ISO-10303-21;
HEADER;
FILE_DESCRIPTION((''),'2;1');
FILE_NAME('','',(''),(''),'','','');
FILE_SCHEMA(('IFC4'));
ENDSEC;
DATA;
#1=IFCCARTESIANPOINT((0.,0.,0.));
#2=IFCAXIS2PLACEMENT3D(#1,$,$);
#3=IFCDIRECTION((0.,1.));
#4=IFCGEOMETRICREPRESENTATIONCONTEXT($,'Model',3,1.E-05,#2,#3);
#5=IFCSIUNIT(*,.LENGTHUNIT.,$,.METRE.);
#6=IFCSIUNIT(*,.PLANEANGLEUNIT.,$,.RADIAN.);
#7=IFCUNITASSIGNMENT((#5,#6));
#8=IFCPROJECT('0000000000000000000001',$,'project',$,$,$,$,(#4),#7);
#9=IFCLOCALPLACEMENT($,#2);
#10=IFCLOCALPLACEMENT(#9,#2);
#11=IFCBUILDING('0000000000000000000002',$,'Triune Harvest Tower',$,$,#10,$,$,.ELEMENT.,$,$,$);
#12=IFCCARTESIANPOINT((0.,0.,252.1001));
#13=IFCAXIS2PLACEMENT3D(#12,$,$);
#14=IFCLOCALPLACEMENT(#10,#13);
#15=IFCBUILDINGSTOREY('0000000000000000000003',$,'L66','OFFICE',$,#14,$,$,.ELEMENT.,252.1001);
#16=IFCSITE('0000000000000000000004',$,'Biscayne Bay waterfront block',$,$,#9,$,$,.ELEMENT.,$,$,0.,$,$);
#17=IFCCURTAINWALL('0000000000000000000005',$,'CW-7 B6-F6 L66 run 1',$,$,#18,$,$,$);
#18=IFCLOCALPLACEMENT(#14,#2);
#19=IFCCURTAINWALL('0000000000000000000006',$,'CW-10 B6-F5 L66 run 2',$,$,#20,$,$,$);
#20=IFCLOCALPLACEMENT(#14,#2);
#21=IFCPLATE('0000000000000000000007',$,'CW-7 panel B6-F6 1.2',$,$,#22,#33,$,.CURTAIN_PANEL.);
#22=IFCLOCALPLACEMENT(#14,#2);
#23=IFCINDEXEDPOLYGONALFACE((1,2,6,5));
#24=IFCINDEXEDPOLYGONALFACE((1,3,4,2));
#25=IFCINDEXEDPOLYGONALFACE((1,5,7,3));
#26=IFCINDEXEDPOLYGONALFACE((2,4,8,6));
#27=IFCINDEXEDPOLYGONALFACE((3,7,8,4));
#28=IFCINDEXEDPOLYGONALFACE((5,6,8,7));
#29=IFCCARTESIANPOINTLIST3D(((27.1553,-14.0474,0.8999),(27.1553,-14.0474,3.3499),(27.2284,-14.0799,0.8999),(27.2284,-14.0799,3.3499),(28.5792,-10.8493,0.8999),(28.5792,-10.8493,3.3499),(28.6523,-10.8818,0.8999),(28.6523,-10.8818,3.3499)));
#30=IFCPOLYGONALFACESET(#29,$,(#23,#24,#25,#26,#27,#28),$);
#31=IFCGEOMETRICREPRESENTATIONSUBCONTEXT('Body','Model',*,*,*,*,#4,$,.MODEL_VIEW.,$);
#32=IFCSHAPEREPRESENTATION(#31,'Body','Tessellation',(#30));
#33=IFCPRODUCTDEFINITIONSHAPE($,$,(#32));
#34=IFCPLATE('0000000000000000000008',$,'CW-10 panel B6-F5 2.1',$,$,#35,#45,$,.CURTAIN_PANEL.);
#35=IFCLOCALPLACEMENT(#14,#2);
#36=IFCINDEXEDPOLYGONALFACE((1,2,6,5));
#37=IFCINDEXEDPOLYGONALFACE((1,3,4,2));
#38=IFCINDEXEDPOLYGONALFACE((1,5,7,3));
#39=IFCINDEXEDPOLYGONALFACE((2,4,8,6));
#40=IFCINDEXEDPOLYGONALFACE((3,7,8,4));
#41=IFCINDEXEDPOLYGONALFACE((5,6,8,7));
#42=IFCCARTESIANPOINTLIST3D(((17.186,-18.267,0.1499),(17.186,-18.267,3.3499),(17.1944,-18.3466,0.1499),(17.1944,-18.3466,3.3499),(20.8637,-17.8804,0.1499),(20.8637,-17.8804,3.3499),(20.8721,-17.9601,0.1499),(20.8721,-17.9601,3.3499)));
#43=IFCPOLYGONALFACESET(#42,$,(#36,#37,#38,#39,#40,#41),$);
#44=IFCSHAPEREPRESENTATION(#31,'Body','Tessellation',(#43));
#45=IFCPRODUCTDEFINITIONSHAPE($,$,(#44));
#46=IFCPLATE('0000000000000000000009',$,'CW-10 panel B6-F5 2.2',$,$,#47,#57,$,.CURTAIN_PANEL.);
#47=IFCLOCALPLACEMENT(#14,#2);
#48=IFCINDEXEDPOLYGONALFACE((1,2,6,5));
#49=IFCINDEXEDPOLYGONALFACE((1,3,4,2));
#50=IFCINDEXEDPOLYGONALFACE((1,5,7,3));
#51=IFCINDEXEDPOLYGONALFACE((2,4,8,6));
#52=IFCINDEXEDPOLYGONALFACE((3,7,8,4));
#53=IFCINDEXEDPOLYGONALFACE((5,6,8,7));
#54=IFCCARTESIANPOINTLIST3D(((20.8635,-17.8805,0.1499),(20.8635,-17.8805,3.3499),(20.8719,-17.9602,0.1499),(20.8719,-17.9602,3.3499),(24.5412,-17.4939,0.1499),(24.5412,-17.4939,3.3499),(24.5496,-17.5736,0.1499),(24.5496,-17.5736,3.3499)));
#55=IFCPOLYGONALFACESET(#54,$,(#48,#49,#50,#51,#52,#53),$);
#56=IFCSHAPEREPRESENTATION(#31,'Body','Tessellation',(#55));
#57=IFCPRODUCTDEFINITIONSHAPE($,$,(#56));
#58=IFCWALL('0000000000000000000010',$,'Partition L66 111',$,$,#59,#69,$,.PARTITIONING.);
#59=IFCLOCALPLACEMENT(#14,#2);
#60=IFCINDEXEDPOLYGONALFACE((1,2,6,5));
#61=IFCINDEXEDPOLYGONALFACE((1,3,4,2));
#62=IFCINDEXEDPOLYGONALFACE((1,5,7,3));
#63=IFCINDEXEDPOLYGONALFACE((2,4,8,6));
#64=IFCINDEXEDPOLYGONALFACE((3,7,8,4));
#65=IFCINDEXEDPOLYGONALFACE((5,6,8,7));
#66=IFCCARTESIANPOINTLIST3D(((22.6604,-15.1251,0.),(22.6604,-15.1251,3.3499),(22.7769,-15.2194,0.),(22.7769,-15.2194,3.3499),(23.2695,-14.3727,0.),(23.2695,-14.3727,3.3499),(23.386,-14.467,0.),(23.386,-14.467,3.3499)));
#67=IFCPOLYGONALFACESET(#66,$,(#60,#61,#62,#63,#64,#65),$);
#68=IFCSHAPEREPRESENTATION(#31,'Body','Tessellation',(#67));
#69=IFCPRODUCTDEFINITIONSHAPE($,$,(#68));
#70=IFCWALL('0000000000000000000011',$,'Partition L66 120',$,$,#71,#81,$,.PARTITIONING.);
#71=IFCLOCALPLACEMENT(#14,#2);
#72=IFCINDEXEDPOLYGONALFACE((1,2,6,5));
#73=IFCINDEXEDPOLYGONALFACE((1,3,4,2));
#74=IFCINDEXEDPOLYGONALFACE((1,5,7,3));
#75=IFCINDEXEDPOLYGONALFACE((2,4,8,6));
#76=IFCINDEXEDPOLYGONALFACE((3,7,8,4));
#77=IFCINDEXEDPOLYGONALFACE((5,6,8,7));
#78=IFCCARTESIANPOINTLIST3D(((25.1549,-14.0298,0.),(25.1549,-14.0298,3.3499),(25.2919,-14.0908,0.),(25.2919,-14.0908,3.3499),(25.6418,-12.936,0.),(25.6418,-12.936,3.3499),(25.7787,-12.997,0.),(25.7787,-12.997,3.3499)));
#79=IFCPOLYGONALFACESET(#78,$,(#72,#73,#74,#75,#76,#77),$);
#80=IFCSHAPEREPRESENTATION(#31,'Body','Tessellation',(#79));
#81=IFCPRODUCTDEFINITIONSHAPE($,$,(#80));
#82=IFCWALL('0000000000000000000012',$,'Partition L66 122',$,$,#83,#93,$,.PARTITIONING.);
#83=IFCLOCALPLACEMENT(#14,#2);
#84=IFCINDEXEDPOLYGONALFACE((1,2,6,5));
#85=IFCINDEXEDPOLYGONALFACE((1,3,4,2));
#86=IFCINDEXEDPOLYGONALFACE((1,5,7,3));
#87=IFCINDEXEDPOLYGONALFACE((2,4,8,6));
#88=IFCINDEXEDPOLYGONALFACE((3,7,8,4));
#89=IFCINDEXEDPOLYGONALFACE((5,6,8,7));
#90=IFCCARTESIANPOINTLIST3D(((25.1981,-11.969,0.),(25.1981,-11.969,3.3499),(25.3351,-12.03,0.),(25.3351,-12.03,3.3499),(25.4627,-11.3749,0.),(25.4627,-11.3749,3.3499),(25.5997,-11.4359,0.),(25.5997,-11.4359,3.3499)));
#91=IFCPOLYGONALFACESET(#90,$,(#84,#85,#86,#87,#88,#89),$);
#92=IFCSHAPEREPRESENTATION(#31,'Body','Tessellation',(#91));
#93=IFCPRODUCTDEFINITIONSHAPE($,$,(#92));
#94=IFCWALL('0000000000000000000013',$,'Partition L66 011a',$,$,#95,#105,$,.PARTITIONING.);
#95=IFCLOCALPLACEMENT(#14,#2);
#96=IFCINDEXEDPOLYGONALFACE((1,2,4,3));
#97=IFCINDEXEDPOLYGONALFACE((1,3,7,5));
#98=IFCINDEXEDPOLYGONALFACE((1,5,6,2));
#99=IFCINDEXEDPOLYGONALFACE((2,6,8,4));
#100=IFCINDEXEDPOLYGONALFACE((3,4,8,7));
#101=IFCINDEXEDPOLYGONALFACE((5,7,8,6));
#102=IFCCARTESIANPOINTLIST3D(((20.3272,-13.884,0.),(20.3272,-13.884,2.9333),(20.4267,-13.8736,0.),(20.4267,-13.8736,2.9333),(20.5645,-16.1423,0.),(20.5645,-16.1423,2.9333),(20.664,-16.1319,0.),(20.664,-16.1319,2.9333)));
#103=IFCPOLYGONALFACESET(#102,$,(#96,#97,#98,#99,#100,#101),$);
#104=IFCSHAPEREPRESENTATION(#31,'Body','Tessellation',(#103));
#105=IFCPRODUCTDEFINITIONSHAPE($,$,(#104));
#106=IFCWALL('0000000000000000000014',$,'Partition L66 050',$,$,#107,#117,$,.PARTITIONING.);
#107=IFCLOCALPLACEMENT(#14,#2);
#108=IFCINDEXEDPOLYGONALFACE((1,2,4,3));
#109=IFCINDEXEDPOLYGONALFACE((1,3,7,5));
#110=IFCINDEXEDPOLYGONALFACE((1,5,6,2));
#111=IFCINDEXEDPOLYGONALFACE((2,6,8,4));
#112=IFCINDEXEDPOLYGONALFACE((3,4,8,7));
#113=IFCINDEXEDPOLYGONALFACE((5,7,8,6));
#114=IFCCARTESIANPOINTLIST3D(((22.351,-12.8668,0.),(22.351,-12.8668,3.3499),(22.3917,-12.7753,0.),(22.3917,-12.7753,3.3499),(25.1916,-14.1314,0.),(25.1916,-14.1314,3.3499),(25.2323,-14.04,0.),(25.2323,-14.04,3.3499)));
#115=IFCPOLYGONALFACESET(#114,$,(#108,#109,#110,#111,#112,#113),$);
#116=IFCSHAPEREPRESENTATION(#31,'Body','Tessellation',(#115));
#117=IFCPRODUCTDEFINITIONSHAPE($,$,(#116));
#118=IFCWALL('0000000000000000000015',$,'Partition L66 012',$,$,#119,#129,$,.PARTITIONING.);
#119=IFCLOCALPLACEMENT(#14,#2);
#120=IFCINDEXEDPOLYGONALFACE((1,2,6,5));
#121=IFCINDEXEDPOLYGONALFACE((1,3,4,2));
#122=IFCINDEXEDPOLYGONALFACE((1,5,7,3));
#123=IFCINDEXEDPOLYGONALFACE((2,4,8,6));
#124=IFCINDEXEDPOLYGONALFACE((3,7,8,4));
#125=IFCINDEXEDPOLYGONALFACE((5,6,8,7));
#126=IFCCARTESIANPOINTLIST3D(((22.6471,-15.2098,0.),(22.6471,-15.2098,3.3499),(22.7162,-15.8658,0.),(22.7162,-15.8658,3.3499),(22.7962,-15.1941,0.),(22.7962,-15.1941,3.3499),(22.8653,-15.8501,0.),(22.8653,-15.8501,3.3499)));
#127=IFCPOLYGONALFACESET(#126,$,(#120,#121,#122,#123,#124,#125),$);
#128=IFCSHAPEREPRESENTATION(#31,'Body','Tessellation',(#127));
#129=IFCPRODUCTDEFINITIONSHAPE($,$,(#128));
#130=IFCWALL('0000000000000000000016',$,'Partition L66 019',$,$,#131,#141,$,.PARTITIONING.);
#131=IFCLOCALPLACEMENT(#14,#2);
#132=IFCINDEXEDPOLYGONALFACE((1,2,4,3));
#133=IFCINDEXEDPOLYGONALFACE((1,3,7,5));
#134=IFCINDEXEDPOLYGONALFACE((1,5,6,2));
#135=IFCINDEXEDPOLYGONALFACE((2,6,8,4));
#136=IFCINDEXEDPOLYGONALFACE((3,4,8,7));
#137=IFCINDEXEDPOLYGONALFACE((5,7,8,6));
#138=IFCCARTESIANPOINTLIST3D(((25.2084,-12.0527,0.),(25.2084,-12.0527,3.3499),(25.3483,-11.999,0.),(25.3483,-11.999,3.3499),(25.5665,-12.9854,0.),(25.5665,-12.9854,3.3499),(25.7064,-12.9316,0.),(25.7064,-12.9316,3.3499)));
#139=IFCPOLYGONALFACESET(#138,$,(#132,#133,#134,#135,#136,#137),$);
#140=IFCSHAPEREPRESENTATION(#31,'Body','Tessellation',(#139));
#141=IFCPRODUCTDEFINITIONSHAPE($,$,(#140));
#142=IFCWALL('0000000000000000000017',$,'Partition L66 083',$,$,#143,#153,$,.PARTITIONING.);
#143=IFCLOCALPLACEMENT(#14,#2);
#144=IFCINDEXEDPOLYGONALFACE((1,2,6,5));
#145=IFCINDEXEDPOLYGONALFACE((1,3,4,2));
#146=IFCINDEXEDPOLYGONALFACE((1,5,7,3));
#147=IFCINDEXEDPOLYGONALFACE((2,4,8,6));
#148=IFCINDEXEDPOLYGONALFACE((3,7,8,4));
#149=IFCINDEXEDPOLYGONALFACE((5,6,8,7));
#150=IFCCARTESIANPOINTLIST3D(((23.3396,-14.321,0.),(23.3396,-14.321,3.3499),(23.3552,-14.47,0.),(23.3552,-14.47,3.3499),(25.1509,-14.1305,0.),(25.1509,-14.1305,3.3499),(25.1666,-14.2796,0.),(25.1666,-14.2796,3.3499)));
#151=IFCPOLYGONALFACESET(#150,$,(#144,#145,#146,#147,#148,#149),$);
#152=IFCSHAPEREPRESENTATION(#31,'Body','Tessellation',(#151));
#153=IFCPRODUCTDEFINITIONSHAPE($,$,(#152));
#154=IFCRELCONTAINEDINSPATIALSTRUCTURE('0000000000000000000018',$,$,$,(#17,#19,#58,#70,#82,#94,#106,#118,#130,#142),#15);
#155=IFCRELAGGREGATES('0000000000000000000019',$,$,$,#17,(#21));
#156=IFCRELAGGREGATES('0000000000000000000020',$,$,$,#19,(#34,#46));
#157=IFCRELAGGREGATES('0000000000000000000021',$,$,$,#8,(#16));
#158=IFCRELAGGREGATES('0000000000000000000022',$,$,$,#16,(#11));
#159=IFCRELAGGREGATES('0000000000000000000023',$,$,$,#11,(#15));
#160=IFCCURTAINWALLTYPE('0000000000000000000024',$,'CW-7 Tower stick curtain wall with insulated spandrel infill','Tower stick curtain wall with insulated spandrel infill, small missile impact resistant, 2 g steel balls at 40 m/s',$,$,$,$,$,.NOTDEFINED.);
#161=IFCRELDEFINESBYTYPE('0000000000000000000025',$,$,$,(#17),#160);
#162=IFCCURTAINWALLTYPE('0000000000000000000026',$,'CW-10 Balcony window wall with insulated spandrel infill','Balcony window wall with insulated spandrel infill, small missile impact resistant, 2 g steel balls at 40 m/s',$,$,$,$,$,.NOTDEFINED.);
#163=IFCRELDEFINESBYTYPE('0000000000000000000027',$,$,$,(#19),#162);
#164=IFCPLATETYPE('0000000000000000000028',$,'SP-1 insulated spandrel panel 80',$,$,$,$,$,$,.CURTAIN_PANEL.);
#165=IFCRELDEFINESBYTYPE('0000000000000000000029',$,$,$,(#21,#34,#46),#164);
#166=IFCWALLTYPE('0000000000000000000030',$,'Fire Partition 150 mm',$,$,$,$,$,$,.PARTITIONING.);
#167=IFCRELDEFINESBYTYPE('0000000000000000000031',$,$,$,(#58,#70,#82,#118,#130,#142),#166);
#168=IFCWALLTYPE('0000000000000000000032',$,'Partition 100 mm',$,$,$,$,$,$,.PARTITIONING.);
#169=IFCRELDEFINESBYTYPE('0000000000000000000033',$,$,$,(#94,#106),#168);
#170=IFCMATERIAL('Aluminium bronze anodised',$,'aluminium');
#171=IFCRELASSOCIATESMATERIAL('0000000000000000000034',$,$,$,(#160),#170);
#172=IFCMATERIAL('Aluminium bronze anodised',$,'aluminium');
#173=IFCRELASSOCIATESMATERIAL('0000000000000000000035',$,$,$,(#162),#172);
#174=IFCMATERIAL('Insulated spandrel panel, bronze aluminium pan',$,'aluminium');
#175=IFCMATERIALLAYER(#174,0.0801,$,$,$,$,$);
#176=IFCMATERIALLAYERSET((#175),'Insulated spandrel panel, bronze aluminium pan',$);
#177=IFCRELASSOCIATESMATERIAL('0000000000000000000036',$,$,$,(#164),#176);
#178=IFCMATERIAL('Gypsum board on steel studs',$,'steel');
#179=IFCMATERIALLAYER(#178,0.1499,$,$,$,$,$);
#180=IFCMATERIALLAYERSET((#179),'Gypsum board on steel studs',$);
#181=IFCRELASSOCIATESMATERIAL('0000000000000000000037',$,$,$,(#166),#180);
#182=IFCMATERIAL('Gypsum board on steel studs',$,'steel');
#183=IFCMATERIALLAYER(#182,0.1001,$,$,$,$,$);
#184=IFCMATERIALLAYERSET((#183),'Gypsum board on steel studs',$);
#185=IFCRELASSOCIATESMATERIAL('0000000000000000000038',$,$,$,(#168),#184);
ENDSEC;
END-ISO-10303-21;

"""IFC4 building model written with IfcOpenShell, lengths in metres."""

from ifc_helpers import new_model, si_unit, direction, frame, frame_2d, origin, origin_2d, place, context, subcontext, project, spatial, rectangle, extrude, source, transform, mapped, material, layer, layer_set, type_object, element, aggregate, save


model = new_model("IFC4")

# Units and contexts
model_context = context("Model", 3, precision=1e-05, world=origin(), true_north=direction((0.0, 1.0)))
body_context = subcontext(model_context, "Body", "Model", "MODEL_VIEW")
ifc_project = project(units=[si_unit("LENGTHUNIT", "METRE"), si_unit("PLANEANGLEUNIT", "RADIAN")], contexts=[model_context])

# Site, building, storey
site_placement = place(None, origin())
site = spatial("IfcSite", under=ifc_project, at=site_placement, Name="Biscayne Bay waterfront block", CompositionType="ELEMENT", RefElevation=0.0)
building_placement = place(site_placement, origin())
building = spatial("IfcBuilding", under=site, at=building_placement, Name="Triune Harvest Tower", CompositionType="ELEMENT")
storey_placement = place(building_placement, frame((0.0, 0.0, 252.1001)))
storey = spatial("IfcBuildingStorey", under=building, at=storey_placement, Name="L66", Description="OFFICE", CompositionType="ELEMENT", Elevation=252.1001)

# Curtain wall
ifc_material_1 = material(Name="Aluminium bronze anodised", Category="aluminium")
curtain_wall_type_1 = type_object("IfcCurtainWallType", Name="CW-7 Tower stick curtain wall with insulated spandrel infill", Description="Tower stick curtain wall with insulated spandrel infill, small missile impact resistant, 2 g steel balls at 40 m/s", PredefinedType="NOTDEFINED", material=ifc_material_1)
curtain_wall_1_placement = place(storey_placement, origin())
curtain_wall_1 = element("IfcCurtainWall", 1, at=curtain_wall_1_placement, inside=storey, type_object=curtain_wall_type_1, Name="CW-7 B6-F6 L66 run 1")

# Shared definitions
ifc_material_2 = material(Name="Aluminium bronze anodised", Category="aluminium")
curtain_wall_type_2 = type_object("IfcCurtainWallType", Name="CW-10 Balcony window wall with insulated spandrel infill", Description="Balcony window wall with insulated spandrel infill, small missile impact resistant, 2 g steel balls at 40 m/s", PredefinedType="NOTDEFINED", material=ifc_material_2)

# Curtain wall
curtain_wall_2_placement = place(storey_placement, origin())
curtain_wall_2 = element("IfcCurtainWall", 2, at=curtain_wall_2_placement, inside=storey, type_object=curtain_wall_type_2, Name="CW-10 B6-F5 L66 run 2")

# Plates
ifc_material_3 = material(Name="Insulated spandrel panel, bronze aluminium pan", Category="aluminium")
ifc_layer_1 = layer(ifc_material_3, 0.0801)
ifc_layer_set_1 = layer_set([ifc_layer_1], Name="Insulated spandrel panel, bronze aluminium pan")
plate_type_1 = type_object("IfcPlateType", Name="SP-1 insulated spandrel panel 80", PredefinedType="CURTAIN_PANEL", material=ifc_layer_set_1)
shared_shape_1 = source(origin(), body_context, "Body", "SweptSolid", [
    extrude(rectangle(XDim=3.5007, YDim=0.0801, at=origin_2d()), origin(), (0.0, 0.0, 1.0), 2.45),
])
plate_1_placement = place(storey_placement, frame((27.9038, -12.4646, 0.8999), z_axis=(0.0, 0.0, 1.0), x_axis=(0.406739, 0.913544, 0.0)))
plate_1 = element("IfcPlate", 3, at=plate_1_placement, type_object=plate_type_1, Name="CW-7 panel B6-F6 1.2", PredefinedType="CURTAIN_PANEL", context=body_context, shape_type="MappedRepresentation", body=[
    mapped(shared_shape_1, transform((0.0, 0.0, 0.0), scale=1.0)),
])
aggregate(curtain_wall_1, [plate_1])
shared_shape_2 = source(origin(), body_context, "Body", "SweptSolid", [
    extrude(rectangle(XDim=3.698, YDim=0.0801, at=origin_2d()), origin(), (0.0, 0.0, 1.0), 3.2),
])
plate_2_placement = place(storey_placement, frame((19.0291, -18.1135, 0.1499), z_axis=(0.0, 0.0, 1.0), x_axis=(0.994521, 0.104533, 0.0)))
plate_2 = element("IfcPlate", 4, at=plate_2_placement, type_object=plate_type_1, Name="CW-10 panel B6-F5 2.1", PredefinedType="CURTAIN_PANEL", context=body_context, shape_type="MappedRepresentation", body=[
    mapped(shared_shape_2, transform((0.0, 0.0, 0.0), scale=1.0)),
])
plate_3_placement = place(storey_placement, frame((22.7065, -17.7271, 0.1499), z_axis=(0.0, 0.0, 1.0), x_axis=(0.994521, 0.104533, 0.0)))
plate_3 = element("IfcPlate", 5, at=plate_3_placement, type_object=plate_type_1, Name="CW-10 panel B6-F5 2.2", PredefinedType="CURTAIN_PANEL", context=body_context, shape_type="MappedRepresentation", body=[
    mapped(shared_shape_2, transform((0.0, 0.0, 0.0), scale=1.0)),
])
aggregate(curtain_wall_2, [plate_2, plate_3])

# Walls
ifc_material_4 = material(Name="Gypsum board on steel studs", Category="steel")
ifc_layer_2 = layer(ifc_material_4, 0.1499)
ifc_layer_set_2 = layer_set([ifc_layer_2], Name="Gypsum board on steel studs")
wall_type_1 = type_object("IfcWallType", Name="Fire Partition 150 mm", PredefinedType="PARTITIONING", material=ifc_layer_set_2)
wall_1_placement = place(storey_placement, frame((22.7188, -15.1721, 0.0), z_axis=(0.0, 0.0, 1.0), x_axis=(0.629205, 0.777239, 0.0)))
element("IfcWall", 6, at=wall_1_placement, inside=storey, type_object=wall_type_1, Name="Partition L66 111", PredefinedType="PARTITIONING", context=body_context, shape_type="SweptSolid", body=[
    extrude(rectangle(XDim=0.968, YDim=0.1499, at=frame_2d((0.4839, 0.0))), origin(), (0.0, 0.0, 1.0), 3.3499),
])
wall_2_placement = place(storey_placement, frame((25.2234, -14.0603, 0.0), z_axis=(0.0, 0.0, 1.0), x_axis=(0.40663, 0.913593, 0.0)))
element("IfcWall", 7, at=wall_2_placement, inside=storey, type_object=wall_type_1, Name="Partition L66 120", PredefinedType="PARTITIONING", context=body_context, shape_type="SweptSolid", body=[
    extrude(rectangle(XDim=1.1973, YDim=0.1499, at=frame_2d((0.5986, 0.0))), origin(), (0.0, 0.0, 1.0), 3.3499),
])
wall_3_placement = place(storey_placement, frame((25.2666, -11.9995, 0.0), z_axis=(0.0, 0.0, 1.0), x_axis=(0.406835, 0.913502, 0.0)))
element("IfcWall", 8, at=wall_3_placement, inside=storey, type_object=wall_type_1, Name="Partition L66 122", PredefinedType="PARTITIONING", context=body_context, shape_type="SweptSolid", body=[
    extrude(rectangle(XDim=0.6504, YDim=0.1499, at=frame_2d((0.3252, 0.0))), origin(), (0.0, 0.0, 1.0), 3.3499),
])
ifc_material_5 = material(Name="Gypsum board on steel studs", Category="steel")
ifc_layer_3 = layer(ifc_material_5, 0.1001)
ifc_layer_set_3 = layer_set([ifc_layer_3], Name="Gypsum board on steel studs")
wall_type_2 = type_object("IfcWallType", Name="Partition 100 mm", PredefinedType="PARTITIONING", material=ifc_layer_set_3)
wall_4_placement = place(storey_placement, frame((20.377, -13.8789, 0.0), z_axis=(0.0, 0.0, 1.0), x_axis=(0.104506, -0.994524, 0.0)))
element("IfcWall", 9, at=wall_4_placement, inside=storey, type_object=wall_type_2, Name="Partition L66 011a", PredefinedType="PARTITIONING", context=body_context, shape_type="SweptSolid", body=[
    extrude(rectangle(XDim=2.2708, YDim=0.1001, at=frame_2d((1.1353, 0.0))), origin(), (0.0, 0.0, 1.0), 2.9333),
])
wall_5_placement = place(storey_placement, frame((22.3713, -12.821, 0.0), z_axis=(0.0, 0.0, 1.0), x_axis=(0.913552, -0.406721, 0.0)))
element("IfcWall", 10, at=wall_5_placement, inside=storey, type_object=wall_type_2, Name="Partition L66 050", PredefinedType="PARTITIONING", context=body_context, shape_type="SweptSolid", body=[
    extrude(rectangle(XDim=3.1094, YDim=0.1001, at=frame_2d((1.5547, 0.0))), origin(), (0.0, 0.0, 1.0), 3.3499),
])
shared_shape_3 = source(origin(), body_context, "Body", "SweptSolid", [
    extrude(rectangle(XDim=0.6597, YDim=0.1499, at=frame_2d((0.3298, 0.0))), origin(), (0.0, 0.0, 1.0), 3.3499),
])
wall_6_placement = place(storey_placement, frame((22.7217, -15.2019, 0.0), z_axis=(0.0, 0.0, 1.0), x_axis=(0.104743, -0.994499, 0.0)))
element("IfcWall", 11, at=wall_6_placement, inside=storey, type_object=wall_type_1, Name="Partition L66 012", PredefinedType="PARTITIONING", context=body_context, shape_type="MappedRepresentation", body=[
    mapped(shared_shape_3, transform((0.0, 0.0, 0.0), scale=1.0)),
])
shared_shape_4 = source(origin(), body_context, "Body", "SweptSolid", [
    extrude(rectangle(XDim=0.999, YDim=0.1499, at=frame_2d((0.4995, 0.0))), origin(), (0.0, 0.0, 1.0), 3.3499),
])
wall_7_placement = place(storey_placement, frame((25.2783, -12.0259, 0.0), z_axis=(0.0, 0.0, 1.0), x_axis=(0.358504, -0.933528, 0.0)))
element("IfcWall", 12, at=wall_7_placement, inside=storey, type_object=wall_type_1, Name="Partition L66 019", PredefinedType="PARTITIONING", context=body_context, shape_type="MappedRepresentation", body=[
    mapped(shared_shape_4, transform((0.0, 0.0, 0.0), scale=1.0)),
])
shared_shape_5 = source(origin(), body_context, "Body", "SweptSolid", [
    extrude(rectangle(XDim=1.8213, YDim=0.1499, at=frame_2d((0.9106, 0.0))), origin(), (0.0, 0.0, 1.0), 3.3499),
])
wall_8_placement = place(storey_placement, frame((23.3474, -14.3955, 0.0), z_axis=(0.0, 0.0, 1.0), x_axis=(0.994519, 0.104559, 0.0)))
element("IfcWall", 13, at=wall_8_placement, inside=storey, type_object=wall_type_1, Name="Partition L66 083", PredefinedType="PARTITIONING", context=body_context, shape_type="MappedRepresentation", body=[
    mapped(shared_shape_5, transform((0.0, 0.0, 0.0), scale=1.0)),
])

save(model, "model.ifc")
